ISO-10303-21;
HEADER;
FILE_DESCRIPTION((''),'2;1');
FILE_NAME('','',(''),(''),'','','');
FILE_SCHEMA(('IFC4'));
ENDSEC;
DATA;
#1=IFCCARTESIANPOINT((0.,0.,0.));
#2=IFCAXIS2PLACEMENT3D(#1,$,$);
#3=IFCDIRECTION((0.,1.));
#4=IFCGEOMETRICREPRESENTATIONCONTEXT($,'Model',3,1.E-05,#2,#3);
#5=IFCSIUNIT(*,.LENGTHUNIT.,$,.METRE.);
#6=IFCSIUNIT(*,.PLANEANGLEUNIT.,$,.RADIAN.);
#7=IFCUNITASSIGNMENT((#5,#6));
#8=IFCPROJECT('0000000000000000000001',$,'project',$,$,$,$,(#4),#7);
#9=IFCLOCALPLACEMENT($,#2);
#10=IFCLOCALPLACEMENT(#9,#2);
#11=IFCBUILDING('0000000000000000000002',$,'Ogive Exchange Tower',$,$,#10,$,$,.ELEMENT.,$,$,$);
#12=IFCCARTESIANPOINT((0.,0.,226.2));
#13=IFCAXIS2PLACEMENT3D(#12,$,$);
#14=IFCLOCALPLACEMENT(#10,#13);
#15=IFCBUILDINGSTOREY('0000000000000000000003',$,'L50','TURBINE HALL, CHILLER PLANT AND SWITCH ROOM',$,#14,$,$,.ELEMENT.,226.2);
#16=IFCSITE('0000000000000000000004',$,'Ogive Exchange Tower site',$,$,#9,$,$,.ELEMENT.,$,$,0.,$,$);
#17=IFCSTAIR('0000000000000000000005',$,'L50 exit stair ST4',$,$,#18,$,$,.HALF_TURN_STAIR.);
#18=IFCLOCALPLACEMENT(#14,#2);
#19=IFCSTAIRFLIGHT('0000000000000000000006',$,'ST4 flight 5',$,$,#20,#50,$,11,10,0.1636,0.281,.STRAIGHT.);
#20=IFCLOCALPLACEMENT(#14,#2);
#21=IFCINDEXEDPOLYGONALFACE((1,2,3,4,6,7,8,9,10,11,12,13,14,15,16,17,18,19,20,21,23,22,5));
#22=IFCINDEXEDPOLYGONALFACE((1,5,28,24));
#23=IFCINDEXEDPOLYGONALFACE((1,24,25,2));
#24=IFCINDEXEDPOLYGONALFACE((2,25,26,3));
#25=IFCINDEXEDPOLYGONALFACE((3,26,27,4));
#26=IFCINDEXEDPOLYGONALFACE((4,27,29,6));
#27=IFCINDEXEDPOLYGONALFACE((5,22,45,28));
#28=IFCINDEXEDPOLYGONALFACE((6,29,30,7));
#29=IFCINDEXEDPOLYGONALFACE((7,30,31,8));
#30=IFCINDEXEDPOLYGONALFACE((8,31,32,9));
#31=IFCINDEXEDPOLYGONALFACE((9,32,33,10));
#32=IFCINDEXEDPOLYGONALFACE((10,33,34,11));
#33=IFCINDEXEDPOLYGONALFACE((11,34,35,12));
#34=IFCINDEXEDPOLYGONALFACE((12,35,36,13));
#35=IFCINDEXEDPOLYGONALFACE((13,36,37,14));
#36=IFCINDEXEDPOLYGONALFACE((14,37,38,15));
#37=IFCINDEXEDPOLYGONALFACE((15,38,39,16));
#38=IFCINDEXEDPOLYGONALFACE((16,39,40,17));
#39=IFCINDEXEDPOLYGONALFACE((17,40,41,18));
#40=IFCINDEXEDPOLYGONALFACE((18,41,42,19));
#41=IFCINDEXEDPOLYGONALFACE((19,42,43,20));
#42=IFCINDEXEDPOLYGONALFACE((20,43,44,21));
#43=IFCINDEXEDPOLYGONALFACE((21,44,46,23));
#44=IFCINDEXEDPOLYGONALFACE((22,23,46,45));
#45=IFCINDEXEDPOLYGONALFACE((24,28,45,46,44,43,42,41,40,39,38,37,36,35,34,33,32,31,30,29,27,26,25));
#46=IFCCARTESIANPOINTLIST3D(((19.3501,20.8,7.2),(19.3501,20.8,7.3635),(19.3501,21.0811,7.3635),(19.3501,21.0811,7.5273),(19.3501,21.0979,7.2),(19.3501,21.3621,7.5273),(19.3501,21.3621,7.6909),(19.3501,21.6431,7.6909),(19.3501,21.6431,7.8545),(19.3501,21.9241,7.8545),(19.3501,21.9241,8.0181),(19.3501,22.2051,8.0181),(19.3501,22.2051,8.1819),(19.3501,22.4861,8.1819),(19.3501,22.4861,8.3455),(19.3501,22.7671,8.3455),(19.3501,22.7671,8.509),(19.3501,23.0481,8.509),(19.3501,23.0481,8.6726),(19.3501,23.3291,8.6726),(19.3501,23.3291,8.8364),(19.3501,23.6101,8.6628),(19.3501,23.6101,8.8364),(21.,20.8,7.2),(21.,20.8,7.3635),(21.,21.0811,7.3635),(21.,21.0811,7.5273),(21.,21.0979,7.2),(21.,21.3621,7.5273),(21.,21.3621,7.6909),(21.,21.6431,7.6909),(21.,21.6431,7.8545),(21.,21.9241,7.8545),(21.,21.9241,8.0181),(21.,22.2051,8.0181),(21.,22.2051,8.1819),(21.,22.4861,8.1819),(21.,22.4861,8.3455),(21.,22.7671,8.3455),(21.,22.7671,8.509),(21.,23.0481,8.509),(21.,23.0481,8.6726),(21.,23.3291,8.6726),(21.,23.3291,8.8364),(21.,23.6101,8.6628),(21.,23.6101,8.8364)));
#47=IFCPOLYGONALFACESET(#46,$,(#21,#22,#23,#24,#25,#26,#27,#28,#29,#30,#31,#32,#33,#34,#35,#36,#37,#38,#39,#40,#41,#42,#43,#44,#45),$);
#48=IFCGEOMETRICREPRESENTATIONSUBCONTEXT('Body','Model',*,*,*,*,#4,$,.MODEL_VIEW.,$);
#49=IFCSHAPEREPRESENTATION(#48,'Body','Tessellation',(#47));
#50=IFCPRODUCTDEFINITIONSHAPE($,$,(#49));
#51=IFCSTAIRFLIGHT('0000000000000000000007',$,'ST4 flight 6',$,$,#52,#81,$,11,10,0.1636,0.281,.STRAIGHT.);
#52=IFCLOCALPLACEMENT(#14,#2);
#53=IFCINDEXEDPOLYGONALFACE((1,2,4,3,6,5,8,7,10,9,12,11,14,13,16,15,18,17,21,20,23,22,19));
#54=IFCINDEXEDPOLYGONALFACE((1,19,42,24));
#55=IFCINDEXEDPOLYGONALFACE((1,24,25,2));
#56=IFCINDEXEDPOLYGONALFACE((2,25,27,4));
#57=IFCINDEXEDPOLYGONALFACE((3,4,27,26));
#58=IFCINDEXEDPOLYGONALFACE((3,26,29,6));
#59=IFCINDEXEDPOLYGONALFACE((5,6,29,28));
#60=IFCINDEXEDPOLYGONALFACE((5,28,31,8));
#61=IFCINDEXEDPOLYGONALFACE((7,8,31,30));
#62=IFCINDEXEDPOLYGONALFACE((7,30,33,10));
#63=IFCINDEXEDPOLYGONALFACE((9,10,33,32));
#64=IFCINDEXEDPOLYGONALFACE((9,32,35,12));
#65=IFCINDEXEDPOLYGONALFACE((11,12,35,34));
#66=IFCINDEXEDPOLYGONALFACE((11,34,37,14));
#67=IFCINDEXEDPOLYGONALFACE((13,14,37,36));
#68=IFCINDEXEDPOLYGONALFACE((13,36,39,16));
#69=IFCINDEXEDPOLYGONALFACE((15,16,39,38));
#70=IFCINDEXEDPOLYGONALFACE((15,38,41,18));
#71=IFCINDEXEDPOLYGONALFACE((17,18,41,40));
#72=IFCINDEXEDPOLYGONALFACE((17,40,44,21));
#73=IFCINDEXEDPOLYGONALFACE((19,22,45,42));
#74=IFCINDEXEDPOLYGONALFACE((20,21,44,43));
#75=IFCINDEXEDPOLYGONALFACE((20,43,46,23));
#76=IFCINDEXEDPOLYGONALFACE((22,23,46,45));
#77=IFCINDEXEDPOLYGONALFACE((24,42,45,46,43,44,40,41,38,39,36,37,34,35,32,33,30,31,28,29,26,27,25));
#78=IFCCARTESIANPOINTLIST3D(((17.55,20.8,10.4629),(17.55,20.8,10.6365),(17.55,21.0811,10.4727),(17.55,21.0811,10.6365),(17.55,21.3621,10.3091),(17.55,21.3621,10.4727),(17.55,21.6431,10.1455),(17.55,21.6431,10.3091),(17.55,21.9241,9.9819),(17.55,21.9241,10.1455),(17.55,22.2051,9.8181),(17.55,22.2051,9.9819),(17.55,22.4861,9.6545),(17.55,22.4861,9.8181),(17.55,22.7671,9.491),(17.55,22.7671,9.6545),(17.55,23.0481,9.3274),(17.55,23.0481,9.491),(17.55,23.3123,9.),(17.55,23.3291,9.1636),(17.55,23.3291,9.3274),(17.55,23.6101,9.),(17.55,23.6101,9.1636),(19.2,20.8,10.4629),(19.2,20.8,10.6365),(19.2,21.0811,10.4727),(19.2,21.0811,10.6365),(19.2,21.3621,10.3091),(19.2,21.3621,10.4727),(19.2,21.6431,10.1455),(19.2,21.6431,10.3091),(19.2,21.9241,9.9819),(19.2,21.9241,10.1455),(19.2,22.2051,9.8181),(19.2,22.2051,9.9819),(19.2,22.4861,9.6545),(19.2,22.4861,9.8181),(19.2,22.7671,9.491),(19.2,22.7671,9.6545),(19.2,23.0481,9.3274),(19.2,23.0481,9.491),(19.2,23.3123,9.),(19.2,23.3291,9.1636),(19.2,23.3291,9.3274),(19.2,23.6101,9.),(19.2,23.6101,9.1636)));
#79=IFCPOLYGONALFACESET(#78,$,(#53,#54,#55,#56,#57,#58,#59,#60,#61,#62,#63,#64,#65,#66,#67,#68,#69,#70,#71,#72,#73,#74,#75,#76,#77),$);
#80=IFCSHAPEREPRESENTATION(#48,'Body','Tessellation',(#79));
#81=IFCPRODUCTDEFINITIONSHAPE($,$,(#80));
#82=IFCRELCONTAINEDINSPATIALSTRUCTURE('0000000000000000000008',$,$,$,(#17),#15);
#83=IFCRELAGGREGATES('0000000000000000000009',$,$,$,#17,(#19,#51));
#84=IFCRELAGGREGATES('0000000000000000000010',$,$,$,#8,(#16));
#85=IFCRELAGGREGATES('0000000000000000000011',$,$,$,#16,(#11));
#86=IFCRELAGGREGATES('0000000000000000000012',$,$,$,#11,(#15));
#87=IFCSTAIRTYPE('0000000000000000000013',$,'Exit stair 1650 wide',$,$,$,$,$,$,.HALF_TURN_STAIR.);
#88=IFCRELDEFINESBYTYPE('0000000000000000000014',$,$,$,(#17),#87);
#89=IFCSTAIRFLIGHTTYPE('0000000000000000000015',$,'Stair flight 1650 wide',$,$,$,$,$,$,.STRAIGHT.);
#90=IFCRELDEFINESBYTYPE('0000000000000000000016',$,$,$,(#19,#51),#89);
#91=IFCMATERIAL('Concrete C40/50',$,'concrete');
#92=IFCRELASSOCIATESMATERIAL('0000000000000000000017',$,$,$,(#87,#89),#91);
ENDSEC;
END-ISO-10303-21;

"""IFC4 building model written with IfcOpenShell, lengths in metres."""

from ifc_helpers import new_model, si_unit, direction, frame, origin, place, context, subcontext, project, spatial, polyline, outline, extrude, material, type_object, element, aggregate, save


model = new_model("IFC4")

# Units and contexts
model_context = context("Model", 3, precision=1e-05, world=origin(), true_north=direction((0.0, 1.0)))
body_context = subcontext(model_context, "Body", "Model", "MODEL_VIEW")
ifc_project = project(units=[si_unit("LENGTHUNIT", "METRE"), si_unit("PLANEANGLEUNIT", "RADIAN")], contexts=[model_context])

# Site, building, storey
site_placement = place(None, origin())
site = spatial("IfcSite", under=ifc_project, at=site_placement, Name="Ogive Exchange Tower site", CompositionType="ELEMENT", RefElevation=0.0)
building_placement = place(site_placement, origin())
building = spatial("IfcBuilding", under=site, at=building_placement, Name="Ogive Exchange Tower", CompositionType="ELEMENT")
storey_placement = place(building_placement, frame((0.0, 0.0, 226.2)))
storey = spatial("IfcBuildingStorey", under=building, at=storey_placement, Name="L50", Description="TURBINE HALL, CHILLER PLANT AND SWITCH ROOM", CompositionType="ELEMENT", Elevation=226.2)

# Stair, stair flights
ifc_material_1 = material(Name="Concrete C40/50", Category="concrete")
stair_type = type_object("IfcStairType", Name="Exit stair 1650 wide", PredefinedType="HALF_TURN_STAIR", material=ifc_material_1)
stair_placement = place(storey_placement, origin())
stair = element("IfcStair", 1, at=stair_placement, inside=storey, type_object=stair_type, Name="L50 exit stair ST4", PredefinedType="HALF_TURN_STAIR")
stair_flight_type = type_object("IfcStairFlightType", Name="Stair flight 1650 wide", PredefinedType="STRAIGHT", material=ifc_material_1)
stair_flight_1_placement = place(storey_placement, frame((20.175, 20.8, 7.2), z_axis=(0.0, 0.0, 1.0), x_axis=(0.0, 1.0, 0.0)))
stair_flight_1 = element("IfcStairFlight", 2, at=stair_flight_1_placement, type_object=stair_flight_type, Name="ST4 flight 5", NumberOfRisers=11, NumberOfTreads=10, PredefinedType="STRAIGHT", RiserHeight=0.1636, TreadLength=0.281, context=body_context, shape_type="SweptSolid", body=[
    extrude(outline(polyline([(0.0, 0.0), (0.0, 0.1636), (0.281, 0.1636), (0.281, 0.3274), (0.562, 0.3274), (0.562, 0.491), (0.843, 0.491), (0.843, 0.6545), (1.124, 0.6545), (1.124, 0.8181), (1.405, 0.8181), (1.405, 0.9819), (1.686, 0.9819), (1.686, 1.1455), (1.967, 1.1455), (1.967, 1.3091), (2.248, 1.3091), (2.248, 1.4727), (2.5291, 1.4727), (2.5291, 1.6365), (2.8101, 1.6365), (2.8101, 1.8), (2.8101, 1.4629), (0.2979, 0.0), (0.0, 0.0)])), frame((0.0, 0.825, 0.0), z_axis=(0.0, -1.0, 0.0), x_axis=(1.0, 0.0, 0.0)), (0.0, 0.0, 1.0), 1.6499),
])
stair_flight_2_placement = place(storey_placement, frame((18.375, 23.6101, 9.0), z_axis=(0.0, 0.0, 1.0), x_axis=(0.0, -1.0, 0.0)))
stair_flight_2 = element("IfcStairFlight", 3, at=stair_flight_2_placement, type_object=stair_flight_type, Name="ST4 flight 6", NumberOfRisers=11, NumberOfTreads=10, PredefinedType="STRAIGHT", RiserHeight=0.1636, TreadLength=0.281, context=body_context, shape_type="SweptSolid", body=[
    extrude(outline(polyline([(0.0, 0.0), (0.0, 0.1636), (0.281, 0.1636), (0.281, 0.3274), (0.562, 0.3274), (0.562, 0.491), (0.843, 0.491), (0.843, 0.6545), (1.124, 0.6545), (1.124, 0.8181), (1.405, 0.8181), (1.405, 0.9819), (1.686, 0.9819), (1.686, 1.1455), (1.967, 1.1455), (1.967, 1.3091), (2.248, 1.3091), (2.248, 1.4727), (2.5291, 1.4727), (2.5291, 1.6365), (2.8101, 1.6365), (2.8101, 1.8), (2.8101, 1.4629), (0.2979, 0.0), (0.0, 0.0)])), frame((0.0, 0.825, 0.0), z_axis=(0.0, -1.0, 0.0), x_axis=(1.0, 0.0, 0.0)), (0.0, 0.0, 1.0), 1.6499),
])
aggregate(stair, [stair_flight_1, stair_flight_2])

save(model, "model.ifc")
